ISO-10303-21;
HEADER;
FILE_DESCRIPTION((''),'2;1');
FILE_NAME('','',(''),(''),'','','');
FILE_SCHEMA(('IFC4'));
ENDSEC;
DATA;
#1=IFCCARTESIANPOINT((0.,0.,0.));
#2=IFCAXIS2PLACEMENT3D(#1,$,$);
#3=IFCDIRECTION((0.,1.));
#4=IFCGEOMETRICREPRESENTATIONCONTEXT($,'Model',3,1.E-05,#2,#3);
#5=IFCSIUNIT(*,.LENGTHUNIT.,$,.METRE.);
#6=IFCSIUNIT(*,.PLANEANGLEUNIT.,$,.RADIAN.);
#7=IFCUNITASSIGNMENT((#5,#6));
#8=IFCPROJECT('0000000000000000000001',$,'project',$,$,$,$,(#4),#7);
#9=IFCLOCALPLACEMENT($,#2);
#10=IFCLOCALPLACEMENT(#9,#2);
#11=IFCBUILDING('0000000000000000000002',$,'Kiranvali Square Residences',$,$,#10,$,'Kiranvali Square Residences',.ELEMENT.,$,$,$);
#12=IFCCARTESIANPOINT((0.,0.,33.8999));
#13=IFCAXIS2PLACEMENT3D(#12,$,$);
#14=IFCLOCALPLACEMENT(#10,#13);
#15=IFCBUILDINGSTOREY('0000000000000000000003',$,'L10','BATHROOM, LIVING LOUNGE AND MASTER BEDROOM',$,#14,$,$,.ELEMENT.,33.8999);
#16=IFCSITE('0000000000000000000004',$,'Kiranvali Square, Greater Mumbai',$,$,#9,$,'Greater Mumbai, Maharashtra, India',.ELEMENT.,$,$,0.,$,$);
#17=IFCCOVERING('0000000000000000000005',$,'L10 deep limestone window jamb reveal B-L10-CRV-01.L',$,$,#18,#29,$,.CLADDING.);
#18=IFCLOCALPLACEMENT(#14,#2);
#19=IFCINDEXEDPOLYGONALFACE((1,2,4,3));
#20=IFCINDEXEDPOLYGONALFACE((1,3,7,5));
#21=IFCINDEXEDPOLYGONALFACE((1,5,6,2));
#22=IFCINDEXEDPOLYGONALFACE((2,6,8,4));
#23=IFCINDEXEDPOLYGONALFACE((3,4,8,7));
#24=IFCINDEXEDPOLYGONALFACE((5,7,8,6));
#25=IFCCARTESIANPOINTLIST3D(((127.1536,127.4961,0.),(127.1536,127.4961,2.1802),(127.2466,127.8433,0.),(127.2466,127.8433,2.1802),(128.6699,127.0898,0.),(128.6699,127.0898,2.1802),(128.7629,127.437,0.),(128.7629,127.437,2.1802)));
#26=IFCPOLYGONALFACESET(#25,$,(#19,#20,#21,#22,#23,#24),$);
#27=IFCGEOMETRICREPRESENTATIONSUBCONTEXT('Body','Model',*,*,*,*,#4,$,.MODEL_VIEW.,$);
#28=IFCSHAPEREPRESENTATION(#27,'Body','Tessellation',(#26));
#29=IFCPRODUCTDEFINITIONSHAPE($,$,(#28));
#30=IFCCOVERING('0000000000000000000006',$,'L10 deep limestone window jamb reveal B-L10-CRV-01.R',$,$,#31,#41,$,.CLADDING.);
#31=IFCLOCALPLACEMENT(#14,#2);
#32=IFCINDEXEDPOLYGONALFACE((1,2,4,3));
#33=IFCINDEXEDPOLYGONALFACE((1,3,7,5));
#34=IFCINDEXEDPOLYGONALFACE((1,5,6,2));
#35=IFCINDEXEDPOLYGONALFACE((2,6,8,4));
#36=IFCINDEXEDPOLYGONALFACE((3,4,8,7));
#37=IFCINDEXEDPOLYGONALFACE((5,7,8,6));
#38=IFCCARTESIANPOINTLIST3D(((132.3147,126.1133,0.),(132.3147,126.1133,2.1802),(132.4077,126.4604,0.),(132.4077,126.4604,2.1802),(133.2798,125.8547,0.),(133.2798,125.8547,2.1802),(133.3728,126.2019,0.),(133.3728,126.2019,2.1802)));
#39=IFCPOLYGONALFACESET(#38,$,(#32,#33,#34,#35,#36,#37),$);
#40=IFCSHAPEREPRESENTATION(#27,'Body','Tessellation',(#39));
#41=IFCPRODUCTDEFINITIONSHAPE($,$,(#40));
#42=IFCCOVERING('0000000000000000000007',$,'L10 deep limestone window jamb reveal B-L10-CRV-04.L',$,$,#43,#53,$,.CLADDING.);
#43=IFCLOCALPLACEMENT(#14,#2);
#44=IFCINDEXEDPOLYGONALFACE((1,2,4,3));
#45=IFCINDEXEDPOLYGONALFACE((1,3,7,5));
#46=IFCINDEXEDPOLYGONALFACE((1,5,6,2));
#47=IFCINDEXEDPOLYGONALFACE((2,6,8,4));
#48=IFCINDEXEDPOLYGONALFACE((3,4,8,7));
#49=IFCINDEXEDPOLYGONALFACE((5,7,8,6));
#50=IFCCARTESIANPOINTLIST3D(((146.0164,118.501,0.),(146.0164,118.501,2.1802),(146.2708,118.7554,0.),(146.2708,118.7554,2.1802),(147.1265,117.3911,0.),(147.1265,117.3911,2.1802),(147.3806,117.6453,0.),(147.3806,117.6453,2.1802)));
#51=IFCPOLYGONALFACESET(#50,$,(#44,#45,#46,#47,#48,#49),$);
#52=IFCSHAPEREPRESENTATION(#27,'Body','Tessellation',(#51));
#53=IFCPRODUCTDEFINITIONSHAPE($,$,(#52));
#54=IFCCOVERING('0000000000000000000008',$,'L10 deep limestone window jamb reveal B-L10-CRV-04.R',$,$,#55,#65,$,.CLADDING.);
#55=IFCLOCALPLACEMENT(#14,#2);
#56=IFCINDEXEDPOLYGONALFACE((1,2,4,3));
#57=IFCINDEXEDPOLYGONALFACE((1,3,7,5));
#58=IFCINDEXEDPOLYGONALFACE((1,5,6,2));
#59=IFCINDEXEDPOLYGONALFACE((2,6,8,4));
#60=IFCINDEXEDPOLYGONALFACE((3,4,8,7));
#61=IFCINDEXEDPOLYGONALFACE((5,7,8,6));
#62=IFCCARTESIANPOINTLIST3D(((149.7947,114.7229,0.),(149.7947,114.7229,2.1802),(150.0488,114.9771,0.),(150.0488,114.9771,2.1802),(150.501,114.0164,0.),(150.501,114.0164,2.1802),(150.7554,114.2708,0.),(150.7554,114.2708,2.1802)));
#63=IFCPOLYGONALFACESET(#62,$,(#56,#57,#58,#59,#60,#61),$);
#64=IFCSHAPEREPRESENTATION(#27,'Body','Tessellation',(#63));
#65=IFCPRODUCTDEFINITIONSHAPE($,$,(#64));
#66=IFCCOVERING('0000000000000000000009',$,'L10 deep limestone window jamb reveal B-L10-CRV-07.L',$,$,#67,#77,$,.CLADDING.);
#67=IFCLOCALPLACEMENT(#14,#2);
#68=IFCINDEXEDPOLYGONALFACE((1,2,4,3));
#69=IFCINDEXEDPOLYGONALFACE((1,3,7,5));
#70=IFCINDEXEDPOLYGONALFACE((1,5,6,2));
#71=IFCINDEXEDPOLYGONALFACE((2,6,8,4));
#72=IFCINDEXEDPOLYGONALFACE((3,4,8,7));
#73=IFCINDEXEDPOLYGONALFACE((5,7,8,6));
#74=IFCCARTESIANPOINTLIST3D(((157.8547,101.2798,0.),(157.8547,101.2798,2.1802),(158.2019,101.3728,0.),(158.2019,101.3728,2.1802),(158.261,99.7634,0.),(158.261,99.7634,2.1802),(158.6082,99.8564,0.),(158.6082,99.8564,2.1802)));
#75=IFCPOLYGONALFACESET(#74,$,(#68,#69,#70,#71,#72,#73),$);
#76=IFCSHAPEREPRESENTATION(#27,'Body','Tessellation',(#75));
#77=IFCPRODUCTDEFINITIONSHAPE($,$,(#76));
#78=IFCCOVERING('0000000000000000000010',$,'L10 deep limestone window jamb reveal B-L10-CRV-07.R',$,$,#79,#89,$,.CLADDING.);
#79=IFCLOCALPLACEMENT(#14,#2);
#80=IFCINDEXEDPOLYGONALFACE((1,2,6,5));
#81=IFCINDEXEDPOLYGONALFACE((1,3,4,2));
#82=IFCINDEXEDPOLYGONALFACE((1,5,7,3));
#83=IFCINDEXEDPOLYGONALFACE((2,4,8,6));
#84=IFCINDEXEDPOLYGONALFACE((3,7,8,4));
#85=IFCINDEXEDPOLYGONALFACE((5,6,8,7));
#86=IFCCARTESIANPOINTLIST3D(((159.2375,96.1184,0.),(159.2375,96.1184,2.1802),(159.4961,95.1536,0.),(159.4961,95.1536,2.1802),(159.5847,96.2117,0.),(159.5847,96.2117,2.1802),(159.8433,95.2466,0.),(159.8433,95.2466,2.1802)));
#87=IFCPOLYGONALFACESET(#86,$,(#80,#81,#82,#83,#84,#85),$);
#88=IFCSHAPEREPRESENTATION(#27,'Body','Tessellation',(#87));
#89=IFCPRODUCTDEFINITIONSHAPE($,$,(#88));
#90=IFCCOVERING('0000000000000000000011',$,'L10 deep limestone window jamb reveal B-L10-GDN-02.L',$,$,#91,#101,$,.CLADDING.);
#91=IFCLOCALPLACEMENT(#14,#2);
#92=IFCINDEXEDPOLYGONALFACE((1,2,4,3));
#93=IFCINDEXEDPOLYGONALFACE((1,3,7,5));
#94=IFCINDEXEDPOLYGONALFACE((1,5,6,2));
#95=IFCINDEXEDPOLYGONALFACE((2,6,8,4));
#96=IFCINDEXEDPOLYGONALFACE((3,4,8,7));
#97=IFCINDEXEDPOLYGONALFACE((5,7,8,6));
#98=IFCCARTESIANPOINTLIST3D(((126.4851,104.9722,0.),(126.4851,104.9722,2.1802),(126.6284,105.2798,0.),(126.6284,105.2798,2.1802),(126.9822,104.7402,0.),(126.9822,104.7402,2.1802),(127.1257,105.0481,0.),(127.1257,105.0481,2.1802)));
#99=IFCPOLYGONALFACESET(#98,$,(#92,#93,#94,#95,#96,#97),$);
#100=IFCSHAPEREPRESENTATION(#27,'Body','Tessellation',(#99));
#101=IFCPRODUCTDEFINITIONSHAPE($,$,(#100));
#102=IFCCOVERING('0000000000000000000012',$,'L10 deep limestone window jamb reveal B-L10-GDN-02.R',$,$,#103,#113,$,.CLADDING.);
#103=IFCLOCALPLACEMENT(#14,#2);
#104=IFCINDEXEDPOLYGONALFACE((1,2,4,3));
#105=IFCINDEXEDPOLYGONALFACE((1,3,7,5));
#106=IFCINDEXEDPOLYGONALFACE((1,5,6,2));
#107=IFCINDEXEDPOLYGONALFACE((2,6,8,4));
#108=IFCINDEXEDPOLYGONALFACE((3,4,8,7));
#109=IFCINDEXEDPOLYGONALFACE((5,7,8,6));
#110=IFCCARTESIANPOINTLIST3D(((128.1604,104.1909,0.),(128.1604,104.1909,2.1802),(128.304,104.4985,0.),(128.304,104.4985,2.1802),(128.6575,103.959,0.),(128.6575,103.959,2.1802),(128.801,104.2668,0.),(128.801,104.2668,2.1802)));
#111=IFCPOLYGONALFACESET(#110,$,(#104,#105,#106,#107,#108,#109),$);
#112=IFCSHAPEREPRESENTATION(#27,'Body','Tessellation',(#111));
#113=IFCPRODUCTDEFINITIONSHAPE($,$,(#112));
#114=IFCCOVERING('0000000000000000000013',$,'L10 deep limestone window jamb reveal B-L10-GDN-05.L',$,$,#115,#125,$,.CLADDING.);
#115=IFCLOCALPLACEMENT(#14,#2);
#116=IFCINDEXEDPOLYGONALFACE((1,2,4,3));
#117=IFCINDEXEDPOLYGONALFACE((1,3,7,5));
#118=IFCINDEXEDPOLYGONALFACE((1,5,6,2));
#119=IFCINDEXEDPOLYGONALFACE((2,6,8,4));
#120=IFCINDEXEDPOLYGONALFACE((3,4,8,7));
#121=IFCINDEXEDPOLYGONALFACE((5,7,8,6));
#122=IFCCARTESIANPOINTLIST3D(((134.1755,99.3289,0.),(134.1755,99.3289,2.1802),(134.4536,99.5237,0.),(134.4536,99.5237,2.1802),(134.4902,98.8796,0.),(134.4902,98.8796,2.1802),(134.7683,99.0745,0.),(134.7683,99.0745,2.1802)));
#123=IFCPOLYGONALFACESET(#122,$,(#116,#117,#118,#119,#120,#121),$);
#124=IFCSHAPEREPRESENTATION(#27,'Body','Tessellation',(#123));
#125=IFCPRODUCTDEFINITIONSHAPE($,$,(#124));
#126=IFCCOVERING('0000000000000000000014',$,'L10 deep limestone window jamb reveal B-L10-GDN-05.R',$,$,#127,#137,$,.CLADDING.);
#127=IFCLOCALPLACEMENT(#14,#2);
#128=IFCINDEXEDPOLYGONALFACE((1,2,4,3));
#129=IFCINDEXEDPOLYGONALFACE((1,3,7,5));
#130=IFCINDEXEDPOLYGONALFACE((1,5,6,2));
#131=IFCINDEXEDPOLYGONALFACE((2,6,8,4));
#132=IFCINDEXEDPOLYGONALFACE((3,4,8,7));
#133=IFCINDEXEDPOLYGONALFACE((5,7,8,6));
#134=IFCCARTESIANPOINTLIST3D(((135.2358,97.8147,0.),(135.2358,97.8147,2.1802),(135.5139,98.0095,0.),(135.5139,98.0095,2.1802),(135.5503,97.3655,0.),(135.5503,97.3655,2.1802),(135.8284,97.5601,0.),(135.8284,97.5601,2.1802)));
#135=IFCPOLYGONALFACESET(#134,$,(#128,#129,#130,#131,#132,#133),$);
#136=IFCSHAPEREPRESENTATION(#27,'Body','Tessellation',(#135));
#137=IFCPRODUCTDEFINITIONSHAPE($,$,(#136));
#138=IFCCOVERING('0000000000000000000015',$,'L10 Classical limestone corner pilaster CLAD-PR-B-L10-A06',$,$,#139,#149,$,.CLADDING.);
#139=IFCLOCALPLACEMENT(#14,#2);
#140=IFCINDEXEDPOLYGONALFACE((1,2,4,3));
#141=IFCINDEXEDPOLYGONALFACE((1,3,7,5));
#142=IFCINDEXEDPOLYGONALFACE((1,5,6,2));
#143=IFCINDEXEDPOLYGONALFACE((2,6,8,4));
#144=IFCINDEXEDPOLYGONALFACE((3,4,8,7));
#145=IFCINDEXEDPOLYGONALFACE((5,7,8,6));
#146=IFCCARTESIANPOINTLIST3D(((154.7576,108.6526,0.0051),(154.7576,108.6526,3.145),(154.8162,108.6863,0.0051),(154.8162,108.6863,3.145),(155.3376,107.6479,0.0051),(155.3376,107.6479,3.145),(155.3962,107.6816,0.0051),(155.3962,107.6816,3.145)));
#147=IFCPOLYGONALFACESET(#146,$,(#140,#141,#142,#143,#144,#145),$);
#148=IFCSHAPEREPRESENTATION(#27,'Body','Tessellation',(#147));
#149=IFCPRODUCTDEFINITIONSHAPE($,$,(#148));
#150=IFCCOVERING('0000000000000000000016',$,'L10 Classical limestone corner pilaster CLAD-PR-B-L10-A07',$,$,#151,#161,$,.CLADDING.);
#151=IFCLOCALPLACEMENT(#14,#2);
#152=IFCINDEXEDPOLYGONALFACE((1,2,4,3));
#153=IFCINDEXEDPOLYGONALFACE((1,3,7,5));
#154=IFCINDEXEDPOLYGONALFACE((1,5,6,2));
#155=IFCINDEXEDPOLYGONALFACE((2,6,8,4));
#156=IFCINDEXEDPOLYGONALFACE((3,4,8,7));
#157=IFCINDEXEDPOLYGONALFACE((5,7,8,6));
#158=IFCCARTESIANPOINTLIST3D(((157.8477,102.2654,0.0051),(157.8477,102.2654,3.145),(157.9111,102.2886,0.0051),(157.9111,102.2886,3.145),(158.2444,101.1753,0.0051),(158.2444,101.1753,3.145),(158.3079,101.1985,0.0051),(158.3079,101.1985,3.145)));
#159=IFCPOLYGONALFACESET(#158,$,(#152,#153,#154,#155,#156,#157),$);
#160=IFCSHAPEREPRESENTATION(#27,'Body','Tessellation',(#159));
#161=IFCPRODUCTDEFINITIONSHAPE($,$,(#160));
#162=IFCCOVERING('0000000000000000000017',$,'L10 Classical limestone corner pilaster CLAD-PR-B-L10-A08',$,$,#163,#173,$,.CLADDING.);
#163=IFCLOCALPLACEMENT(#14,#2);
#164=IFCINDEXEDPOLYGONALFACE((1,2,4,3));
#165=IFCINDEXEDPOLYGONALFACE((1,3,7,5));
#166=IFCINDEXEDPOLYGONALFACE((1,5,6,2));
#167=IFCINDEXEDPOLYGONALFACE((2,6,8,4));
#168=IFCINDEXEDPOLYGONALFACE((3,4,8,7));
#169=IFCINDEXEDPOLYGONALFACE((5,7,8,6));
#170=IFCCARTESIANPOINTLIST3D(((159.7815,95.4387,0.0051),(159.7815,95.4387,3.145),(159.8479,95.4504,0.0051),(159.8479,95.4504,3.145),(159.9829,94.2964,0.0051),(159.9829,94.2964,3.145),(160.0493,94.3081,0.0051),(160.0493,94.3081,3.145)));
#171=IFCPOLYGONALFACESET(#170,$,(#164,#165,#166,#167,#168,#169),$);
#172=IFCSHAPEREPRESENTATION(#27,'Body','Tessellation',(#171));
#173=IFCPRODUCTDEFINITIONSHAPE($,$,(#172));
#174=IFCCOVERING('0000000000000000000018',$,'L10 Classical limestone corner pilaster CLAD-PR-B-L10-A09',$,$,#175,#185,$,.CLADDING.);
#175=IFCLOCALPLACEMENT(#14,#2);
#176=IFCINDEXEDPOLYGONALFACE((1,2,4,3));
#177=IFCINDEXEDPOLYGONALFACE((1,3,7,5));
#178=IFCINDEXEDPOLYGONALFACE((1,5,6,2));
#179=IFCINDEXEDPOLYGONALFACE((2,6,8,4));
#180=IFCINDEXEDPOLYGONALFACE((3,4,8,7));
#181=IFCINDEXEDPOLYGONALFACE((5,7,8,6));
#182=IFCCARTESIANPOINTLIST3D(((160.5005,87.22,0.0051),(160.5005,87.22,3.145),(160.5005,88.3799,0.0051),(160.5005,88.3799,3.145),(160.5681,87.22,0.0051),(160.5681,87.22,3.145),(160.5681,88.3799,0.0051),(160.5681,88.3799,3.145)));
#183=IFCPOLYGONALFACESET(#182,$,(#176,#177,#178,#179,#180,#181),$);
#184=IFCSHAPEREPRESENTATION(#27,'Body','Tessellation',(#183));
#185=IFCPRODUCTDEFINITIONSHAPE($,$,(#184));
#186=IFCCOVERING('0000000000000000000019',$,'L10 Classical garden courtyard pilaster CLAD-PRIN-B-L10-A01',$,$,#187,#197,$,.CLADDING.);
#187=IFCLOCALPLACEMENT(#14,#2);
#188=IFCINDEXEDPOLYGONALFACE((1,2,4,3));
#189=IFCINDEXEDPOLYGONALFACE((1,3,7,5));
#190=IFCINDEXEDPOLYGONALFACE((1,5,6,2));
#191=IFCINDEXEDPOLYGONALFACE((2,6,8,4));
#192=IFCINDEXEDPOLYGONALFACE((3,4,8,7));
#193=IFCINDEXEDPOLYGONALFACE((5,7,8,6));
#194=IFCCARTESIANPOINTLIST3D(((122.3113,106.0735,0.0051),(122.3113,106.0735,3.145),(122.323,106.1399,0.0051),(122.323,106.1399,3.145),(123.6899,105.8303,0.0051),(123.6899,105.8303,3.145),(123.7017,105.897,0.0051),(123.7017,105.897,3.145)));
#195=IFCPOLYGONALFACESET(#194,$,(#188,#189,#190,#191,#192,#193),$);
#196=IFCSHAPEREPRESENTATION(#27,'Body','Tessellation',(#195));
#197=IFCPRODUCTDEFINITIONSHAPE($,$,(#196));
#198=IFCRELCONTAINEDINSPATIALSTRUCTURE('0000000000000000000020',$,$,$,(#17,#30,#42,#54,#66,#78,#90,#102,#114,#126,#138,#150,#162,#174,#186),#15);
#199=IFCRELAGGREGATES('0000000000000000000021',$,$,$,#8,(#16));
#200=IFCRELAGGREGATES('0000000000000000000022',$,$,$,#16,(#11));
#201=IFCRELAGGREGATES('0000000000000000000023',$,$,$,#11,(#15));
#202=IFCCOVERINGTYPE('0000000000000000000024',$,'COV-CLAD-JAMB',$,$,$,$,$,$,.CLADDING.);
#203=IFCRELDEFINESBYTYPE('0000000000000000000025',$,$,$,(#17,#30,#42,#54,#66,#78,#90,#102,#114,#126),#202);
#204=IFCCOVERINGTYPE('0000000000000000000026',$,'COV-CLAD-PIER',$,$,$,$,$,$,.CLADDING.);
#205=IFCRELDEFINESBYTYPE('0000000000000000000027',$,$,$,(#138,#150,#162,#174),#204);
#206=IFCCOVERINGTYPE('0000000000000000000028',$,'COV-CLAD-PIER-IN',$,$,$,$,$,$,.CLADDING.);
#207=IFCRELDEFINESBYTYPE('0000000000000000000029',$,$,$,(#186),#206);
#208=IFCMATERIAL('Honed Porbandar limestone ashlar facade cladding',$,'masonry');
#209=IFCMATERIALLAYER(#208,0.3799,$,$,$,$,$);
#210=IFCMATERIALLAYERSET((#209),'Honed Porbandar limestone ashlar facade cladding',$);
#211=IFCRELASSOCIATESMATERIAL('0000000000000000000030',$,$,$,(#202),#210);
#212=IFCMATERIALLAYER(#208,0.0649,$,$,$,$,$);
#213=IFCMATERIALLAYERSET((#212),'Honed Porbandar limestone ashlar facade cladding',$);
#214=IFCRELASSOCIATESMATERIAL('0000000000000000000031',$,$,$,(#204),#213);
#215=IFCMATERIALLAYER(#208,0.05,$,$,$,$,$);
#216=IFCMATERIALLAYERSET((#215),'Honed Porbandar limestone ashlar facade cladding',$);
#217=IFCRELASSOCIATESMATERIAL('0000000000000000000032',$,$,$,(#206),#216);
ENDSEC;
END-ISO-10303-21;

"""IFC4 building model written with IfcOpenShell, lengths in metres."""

from ifc_helpers import new_model, si_unit, direction, frame, origin, place, context, subcontext, project, spatial, polyline, outline, extrude, material, layer, layer_set, type_object, element, save


model = new_model("IFC4")

# Units and contexts
model_context = context("Model", 3, precision=1e-05, world=origin(), true_north=direction((0.0, 1.0)))
body_context = subcontext(model_context, "Body", "Model", "MODEL_VIEW")
ifc_project = project(units=[si_unit("LENGTHUNIT", "METRE"), si_unit("PLANEANGLEUNIT", "RADIAN")], contexts=[model_context])

# Site, building, storey
site_placement = place(None, origin())
site = spatial("IfcSite", under=ifc_project, at=site_placement, Name="Kiranvali Square, Greater Mumbai", LongName="Greater Mumbai, Maharashtra, India", CompositionType="ELEMENT", RefElevation=0.0)
building_placement = place(site_placement, origin())
building = spatial("IfcBuilding", under=site, at=building_placement, Name="Kiranvali Square Residences", LongName="Kiranvali Square Residences", CompositionType="ELEMENT")
storey_placement = place(building_placement, frame((0.0, 0.0, 33.8999)))
storey = spatial("IfcBuildingStorey", under=building, at=storey_placement, Name="L10", Description="BATHROOM, LIVING LOUNGE AND MASTER BEDROOM", CompositionType="ELEMENT", Elevation=33.8999)

# Coverings
ifc_material = material(Name="Honed Porbandar limestone ashlar facade cladding", Category="masonry")
ifc_layer_1 = layer(ifc_material, 0.3799)
ifc_layer_set_1 = layer_set([ifc_layer_1], Name="Honed Porbandar limestone ashlar facade cladding")
covering_type_1 = type_object("IfcCoveringType", Name="COV-CLAD-JAMB", PredefinedType="CLADDING", material=ifc_layer_set_1)
covering_1_placement = place(storey_placement, origin())
element("IfcCovering", 1, at=covering_1_placement, inside=storey, type_object=covering_type_1, Name="L10 deep limestone window jamb reveal B-L10-CRV-01.L", PredefinedType="CLADDING", context=body_context, shape_type="SweptSolid", body=[
    extrude(outline(polyline([(127.1536, 127.4961), (128.6699, 127.0898), (128.7629, 127.437), (127.2466, 127.8433), (127.1536, 127.4961)])), origin(), (0.0, 0.0, 1.0), 2.1802),
])
covering_2_placement = place(storey_placement, origin())
element("IfcCovering", 2, at=covering_2_placement, inside=storey, type_object=covering_type_1, Name="L10 deep limestone window jamb reveal B-L10-CRV-01.R", PredefinedType="CLADDING", context=body_context, shape_type="SweptSolid", body=[
    extrude(outline(polyline([(132.3147, 126.1133), (133.2798, 125.8547), (133.3728, 126.2019), (132.4077, 126.4604), (132.3147, 126.1133)])), origin(), (0.0, 0.0, 1.0), 2.1802),
])
covering_3_placement = place(storey_placement, origin())
element("IfcCovering", 3, at=covering_3_placement, inside=storey, type_object=covering_type_1, Name="L10 deep limestone window jamb reveal B-L10-CRV-04.L", PredefinedType="CLADDING", context=body_context, shape_type="SweptSolid", body=[
    extrude(outline(polyline([(146.0164, 118.501), (147.1265, 117.3911), (147.3806, 117.6453), (146.2708, 118.7554), (146.0164, 118.501)])), origin(), (0.0, 0.0, 1.0), 2.1802),
])
covering_4_placement = place(storey_placement, origin())
element("IfcCovering", 4, at=covering_4_placement, inside=storey, type_object=covering_type_1, Name="L10 deep limestone window jamb reveal B-L10-CRV-04.R", PredefinedType="CLADDING", context=body_context, shape_type="SweptSolid", body=[
    extrude(outline(polyline([(149.7947, 114.7229), (150.501, 114.0164), (150.7554, 114.2708), (150.0488, 114.9771), (149.7947, 114.7229)])), origin(), (0.0, 0.0, 1.0), 2.1802),
])
covering_5_placement = place(storey_placement, origin())
element("IfcCovering", 5, at=covering_5_placement, inside=storey, type_object=covering_type_1, Name="L10 deep limestone window jamb reveal B-L10-CRV-07.L", PredefinedType="CLADDING", context=body_context, shape_type="SweptSolid", body=[
    extrude(outline(polyline([(157.8547, 101.2798), (158.261, 99.7634), (158.6082, 99.8564), (158.2019, 101.3728), (157.8547, 101.2798)])), origin(), (0.0, 0.0, 1.0), 2.1802),
])
covering_6_placement = place(storey_placement, origin())
element("IfcCovering", 6, at=covering_6_placement, inside=storey, type_object=covering_type_1, Name="L10 deep limestone window jamb reveal B-L10-CRV-07.R", PredefinedType="CLADDING", context=body_context, shape_type="SweptSolid", body=[
    extrude(outline(polyline([(159.2375, 96.1184), (159.4961, 95.1536), (159.8433, 95.2466), (159.5847, 96.2117), (159.2375, 96.1184)])), origin(), (0.0, 0.0, 1.0), 2.1802),
])
covering_7_placement = place(storey_placement, origin())
element("IfcCovering", 7, at=covering_7_placement, inside=storey, type_object=covering_type_1, Name="L10 deep limestone window jamb reveal B-L10-GDN-02.L", PredefinedType="CLADDING", context=body_context, shape_type="SweptSolid", body=[
    extrude(outline(polyline([(126.4851, 104.9722), (126.9822, 104.7402), (127.1257, 105.0481), (126.6284, 105.2798), (126.4851, 104.9722)])), origin(), (0.0, 0.0, 1.0), 2.1802),
])
covering_8_placement = place(storey_placement, origin())
element("IfcCovering", 8, at=covering_8_placement, inside=storey, type_object=covering_type_1, Name="L10 deep limestone window jamb reveal B-L10-GDN-02.R", PredefinedType="CLADDING", context=body_context, shape_type="SweptSolid", body=[
    extrude(outline(polyline([(128.1604, 104.1909), (128.6575, 103.959), (128.801, 104.2668), (128.304, 104.4985), (128.1604, 104.1909)])), origin(), (0.0, 0.0, 1.0), 2.1802),
])
covering_9_placement = place(storey_placement, origin())
element("IfcCovering", 9, at=covering_9_placement, inside=storey, type_object=covering_type_1, Name="L10 deep limestone window jamb reveal B-L10-GDN-05.L", PredefinedType="CLADDING", context=body_context, shape_type="SweptSolid", body=[
    extrude(outline(polyline([(134.1755, 99.3289), (134.4902, 98.8796), (134.7683, 99.0745), (134.4536, 99.5237), (134.1755, 99.3289)])), origin(), (0.0, 0.0, 1.0), 2.1802),
])
covering_10_placement = place(storey_placement, origin())
element("IfcCovering", 10, at=covering_10_placement, inside=storey, type_object=covering_type_1, Name="L10 deep limestone window jamb reveal B-L10-GDN-05.R", PredefinedType="CLADDING", context=body_context, shape_type="SweptSolid", body=[
    extrude(outline(polyline([(135.2358, 97.8147), (135.5503, 97.3655), (135.8284, 97.5601), (135.5139, 98.0095), (135.2358, 97.8147)])), origin(), (0.0, 0.0, 1.0), 2.1802),
])
ifc_layer_2 = layer(ifc_material, 0.0649)
ifc_layer_set_2 = layer_set([ifc_layer_2], Name="Honed Porbandar limestone ashlar facade cladding")
covering_type_2 = type_object("IfcCoveringType", Name="COV-CLAD-PIER", PredefinedType="CLADDING", material=ifc_layer_set_2)
covering_11_placement = place(storey_placement, frame((0.0, 0.0, 0.0051)))
element("IfcCovering", 11, at=covering_11_placement, inside=storey, type_object=covering_type_2, Name="L10 Classical limestone corner pilaster CLAD-PR-B-L10-A06", PredefinedType="CLADDING", context=body_context, shape_type="SweptSolid", body=[
    extrude(outline(polyline([(155.3962, 107.6816), (154.8162, 108.6863), (154.7576, 108.6526), (155.3376, 107.6479), (155.3962, 107.6816)])), origin(), (0.0, 0.0, 1.0), 3.1399),
])
covering_12_placement = place(storey_placement, frame((0.0, 0.0, 0.0051)))
element("IfcCovering", 12, at=covering_12_placement, inside=storey, type_object=covering_type_2, Name="L10 Classical limestone corner pilaster CLAD-PR-B-L10-A07", PredefinedType="CLADDING", context=body_context, shape_type="SweptSolid", body=[
    extrude(outline(polyline([(158.3079, 101.1985), (157.9111, 102.2886), (157.8477, 102.2654), (158.2444, 101.1753), (158.3079, 101.1985)])), origin(), (0.0, 0.0, 1.0), 3.1399),
])
covering_13_placement = place(storey_placement, frame((0.0, 0.0, 0.0051)))
element("IfcCovering", 13, at=covering_13_placement, inside=storey, type_object=covering_type_2, Name="L10 Classical limestone corner pilaster CLAD-PR-B-L10-A08", PredefinedType="CLADDING", context=body_context, shape_type="SweptSolid", body=[
    extrude(outline(polyline([(160.0493, 94.3081), (159.8479, 95.4504), (159.7815, 95.4387), (159.9829, 94.2964), (160.0493, 94.3081)])), origin(), (0.0, 0.0, 1.0), 3.1399),
])
covering_14_placement = place(storey_placement, frame((0.0, 0.0, 0.0051)))
element("IfcCovering", 14, at=covering_14_placement, inside=storey, type_object=covering_type_2, Name="L10 Classical limestone corner pilaster CLAD-PR-B-L10-A09", PredefinedType="CLADDING", context=body_context, shape_type="SweptSolid", body=[
    extrude(outline(polyline([(160.5681, 87.22), (160.5681, 88.3799), (160.5005, 88.3799), (160.5005, 87.22), (160.5681, 87.22)])), origin(), (0.0, 0.0, 1.0), 3.1399),
])
ifc_layer_3 = layer(ifc_material, 0.05)
ifc_layer_set_3 = layer_set([ifc_layer_3], Name="Honed Porbandar limestone ashlar facade cladding")
covering_type_3 = type_object("IfcCoveringType", Name="COV-CLAD-PIER-IN", PredefinedType="CLADDING", material=ifc_layer_set_3)
covering_15_placement = place(storey_placement, frame((0.0, 0.0, 0.0051)))
element("IfcCovering", 15, at=covering_15_placement, inside=storey, type_object=covering_type_3, Name="L10 Classical garden courtyard pilaster CLAD-PRIN-B-L10-A01", PredefinedType="CLADDING", context=body_context, shape_type="SweptSolid", body=[
    extrude(outline(polyline([(122.3113, 106.0735), (123.6899, 105.8303), (123.7017, 105.897), (122.323, 106.1399), (122.3113, 106.0735)])), origin(), (0.0, 0.0, 1.0), 3.1399),
])

save(model, "model.ifc")
